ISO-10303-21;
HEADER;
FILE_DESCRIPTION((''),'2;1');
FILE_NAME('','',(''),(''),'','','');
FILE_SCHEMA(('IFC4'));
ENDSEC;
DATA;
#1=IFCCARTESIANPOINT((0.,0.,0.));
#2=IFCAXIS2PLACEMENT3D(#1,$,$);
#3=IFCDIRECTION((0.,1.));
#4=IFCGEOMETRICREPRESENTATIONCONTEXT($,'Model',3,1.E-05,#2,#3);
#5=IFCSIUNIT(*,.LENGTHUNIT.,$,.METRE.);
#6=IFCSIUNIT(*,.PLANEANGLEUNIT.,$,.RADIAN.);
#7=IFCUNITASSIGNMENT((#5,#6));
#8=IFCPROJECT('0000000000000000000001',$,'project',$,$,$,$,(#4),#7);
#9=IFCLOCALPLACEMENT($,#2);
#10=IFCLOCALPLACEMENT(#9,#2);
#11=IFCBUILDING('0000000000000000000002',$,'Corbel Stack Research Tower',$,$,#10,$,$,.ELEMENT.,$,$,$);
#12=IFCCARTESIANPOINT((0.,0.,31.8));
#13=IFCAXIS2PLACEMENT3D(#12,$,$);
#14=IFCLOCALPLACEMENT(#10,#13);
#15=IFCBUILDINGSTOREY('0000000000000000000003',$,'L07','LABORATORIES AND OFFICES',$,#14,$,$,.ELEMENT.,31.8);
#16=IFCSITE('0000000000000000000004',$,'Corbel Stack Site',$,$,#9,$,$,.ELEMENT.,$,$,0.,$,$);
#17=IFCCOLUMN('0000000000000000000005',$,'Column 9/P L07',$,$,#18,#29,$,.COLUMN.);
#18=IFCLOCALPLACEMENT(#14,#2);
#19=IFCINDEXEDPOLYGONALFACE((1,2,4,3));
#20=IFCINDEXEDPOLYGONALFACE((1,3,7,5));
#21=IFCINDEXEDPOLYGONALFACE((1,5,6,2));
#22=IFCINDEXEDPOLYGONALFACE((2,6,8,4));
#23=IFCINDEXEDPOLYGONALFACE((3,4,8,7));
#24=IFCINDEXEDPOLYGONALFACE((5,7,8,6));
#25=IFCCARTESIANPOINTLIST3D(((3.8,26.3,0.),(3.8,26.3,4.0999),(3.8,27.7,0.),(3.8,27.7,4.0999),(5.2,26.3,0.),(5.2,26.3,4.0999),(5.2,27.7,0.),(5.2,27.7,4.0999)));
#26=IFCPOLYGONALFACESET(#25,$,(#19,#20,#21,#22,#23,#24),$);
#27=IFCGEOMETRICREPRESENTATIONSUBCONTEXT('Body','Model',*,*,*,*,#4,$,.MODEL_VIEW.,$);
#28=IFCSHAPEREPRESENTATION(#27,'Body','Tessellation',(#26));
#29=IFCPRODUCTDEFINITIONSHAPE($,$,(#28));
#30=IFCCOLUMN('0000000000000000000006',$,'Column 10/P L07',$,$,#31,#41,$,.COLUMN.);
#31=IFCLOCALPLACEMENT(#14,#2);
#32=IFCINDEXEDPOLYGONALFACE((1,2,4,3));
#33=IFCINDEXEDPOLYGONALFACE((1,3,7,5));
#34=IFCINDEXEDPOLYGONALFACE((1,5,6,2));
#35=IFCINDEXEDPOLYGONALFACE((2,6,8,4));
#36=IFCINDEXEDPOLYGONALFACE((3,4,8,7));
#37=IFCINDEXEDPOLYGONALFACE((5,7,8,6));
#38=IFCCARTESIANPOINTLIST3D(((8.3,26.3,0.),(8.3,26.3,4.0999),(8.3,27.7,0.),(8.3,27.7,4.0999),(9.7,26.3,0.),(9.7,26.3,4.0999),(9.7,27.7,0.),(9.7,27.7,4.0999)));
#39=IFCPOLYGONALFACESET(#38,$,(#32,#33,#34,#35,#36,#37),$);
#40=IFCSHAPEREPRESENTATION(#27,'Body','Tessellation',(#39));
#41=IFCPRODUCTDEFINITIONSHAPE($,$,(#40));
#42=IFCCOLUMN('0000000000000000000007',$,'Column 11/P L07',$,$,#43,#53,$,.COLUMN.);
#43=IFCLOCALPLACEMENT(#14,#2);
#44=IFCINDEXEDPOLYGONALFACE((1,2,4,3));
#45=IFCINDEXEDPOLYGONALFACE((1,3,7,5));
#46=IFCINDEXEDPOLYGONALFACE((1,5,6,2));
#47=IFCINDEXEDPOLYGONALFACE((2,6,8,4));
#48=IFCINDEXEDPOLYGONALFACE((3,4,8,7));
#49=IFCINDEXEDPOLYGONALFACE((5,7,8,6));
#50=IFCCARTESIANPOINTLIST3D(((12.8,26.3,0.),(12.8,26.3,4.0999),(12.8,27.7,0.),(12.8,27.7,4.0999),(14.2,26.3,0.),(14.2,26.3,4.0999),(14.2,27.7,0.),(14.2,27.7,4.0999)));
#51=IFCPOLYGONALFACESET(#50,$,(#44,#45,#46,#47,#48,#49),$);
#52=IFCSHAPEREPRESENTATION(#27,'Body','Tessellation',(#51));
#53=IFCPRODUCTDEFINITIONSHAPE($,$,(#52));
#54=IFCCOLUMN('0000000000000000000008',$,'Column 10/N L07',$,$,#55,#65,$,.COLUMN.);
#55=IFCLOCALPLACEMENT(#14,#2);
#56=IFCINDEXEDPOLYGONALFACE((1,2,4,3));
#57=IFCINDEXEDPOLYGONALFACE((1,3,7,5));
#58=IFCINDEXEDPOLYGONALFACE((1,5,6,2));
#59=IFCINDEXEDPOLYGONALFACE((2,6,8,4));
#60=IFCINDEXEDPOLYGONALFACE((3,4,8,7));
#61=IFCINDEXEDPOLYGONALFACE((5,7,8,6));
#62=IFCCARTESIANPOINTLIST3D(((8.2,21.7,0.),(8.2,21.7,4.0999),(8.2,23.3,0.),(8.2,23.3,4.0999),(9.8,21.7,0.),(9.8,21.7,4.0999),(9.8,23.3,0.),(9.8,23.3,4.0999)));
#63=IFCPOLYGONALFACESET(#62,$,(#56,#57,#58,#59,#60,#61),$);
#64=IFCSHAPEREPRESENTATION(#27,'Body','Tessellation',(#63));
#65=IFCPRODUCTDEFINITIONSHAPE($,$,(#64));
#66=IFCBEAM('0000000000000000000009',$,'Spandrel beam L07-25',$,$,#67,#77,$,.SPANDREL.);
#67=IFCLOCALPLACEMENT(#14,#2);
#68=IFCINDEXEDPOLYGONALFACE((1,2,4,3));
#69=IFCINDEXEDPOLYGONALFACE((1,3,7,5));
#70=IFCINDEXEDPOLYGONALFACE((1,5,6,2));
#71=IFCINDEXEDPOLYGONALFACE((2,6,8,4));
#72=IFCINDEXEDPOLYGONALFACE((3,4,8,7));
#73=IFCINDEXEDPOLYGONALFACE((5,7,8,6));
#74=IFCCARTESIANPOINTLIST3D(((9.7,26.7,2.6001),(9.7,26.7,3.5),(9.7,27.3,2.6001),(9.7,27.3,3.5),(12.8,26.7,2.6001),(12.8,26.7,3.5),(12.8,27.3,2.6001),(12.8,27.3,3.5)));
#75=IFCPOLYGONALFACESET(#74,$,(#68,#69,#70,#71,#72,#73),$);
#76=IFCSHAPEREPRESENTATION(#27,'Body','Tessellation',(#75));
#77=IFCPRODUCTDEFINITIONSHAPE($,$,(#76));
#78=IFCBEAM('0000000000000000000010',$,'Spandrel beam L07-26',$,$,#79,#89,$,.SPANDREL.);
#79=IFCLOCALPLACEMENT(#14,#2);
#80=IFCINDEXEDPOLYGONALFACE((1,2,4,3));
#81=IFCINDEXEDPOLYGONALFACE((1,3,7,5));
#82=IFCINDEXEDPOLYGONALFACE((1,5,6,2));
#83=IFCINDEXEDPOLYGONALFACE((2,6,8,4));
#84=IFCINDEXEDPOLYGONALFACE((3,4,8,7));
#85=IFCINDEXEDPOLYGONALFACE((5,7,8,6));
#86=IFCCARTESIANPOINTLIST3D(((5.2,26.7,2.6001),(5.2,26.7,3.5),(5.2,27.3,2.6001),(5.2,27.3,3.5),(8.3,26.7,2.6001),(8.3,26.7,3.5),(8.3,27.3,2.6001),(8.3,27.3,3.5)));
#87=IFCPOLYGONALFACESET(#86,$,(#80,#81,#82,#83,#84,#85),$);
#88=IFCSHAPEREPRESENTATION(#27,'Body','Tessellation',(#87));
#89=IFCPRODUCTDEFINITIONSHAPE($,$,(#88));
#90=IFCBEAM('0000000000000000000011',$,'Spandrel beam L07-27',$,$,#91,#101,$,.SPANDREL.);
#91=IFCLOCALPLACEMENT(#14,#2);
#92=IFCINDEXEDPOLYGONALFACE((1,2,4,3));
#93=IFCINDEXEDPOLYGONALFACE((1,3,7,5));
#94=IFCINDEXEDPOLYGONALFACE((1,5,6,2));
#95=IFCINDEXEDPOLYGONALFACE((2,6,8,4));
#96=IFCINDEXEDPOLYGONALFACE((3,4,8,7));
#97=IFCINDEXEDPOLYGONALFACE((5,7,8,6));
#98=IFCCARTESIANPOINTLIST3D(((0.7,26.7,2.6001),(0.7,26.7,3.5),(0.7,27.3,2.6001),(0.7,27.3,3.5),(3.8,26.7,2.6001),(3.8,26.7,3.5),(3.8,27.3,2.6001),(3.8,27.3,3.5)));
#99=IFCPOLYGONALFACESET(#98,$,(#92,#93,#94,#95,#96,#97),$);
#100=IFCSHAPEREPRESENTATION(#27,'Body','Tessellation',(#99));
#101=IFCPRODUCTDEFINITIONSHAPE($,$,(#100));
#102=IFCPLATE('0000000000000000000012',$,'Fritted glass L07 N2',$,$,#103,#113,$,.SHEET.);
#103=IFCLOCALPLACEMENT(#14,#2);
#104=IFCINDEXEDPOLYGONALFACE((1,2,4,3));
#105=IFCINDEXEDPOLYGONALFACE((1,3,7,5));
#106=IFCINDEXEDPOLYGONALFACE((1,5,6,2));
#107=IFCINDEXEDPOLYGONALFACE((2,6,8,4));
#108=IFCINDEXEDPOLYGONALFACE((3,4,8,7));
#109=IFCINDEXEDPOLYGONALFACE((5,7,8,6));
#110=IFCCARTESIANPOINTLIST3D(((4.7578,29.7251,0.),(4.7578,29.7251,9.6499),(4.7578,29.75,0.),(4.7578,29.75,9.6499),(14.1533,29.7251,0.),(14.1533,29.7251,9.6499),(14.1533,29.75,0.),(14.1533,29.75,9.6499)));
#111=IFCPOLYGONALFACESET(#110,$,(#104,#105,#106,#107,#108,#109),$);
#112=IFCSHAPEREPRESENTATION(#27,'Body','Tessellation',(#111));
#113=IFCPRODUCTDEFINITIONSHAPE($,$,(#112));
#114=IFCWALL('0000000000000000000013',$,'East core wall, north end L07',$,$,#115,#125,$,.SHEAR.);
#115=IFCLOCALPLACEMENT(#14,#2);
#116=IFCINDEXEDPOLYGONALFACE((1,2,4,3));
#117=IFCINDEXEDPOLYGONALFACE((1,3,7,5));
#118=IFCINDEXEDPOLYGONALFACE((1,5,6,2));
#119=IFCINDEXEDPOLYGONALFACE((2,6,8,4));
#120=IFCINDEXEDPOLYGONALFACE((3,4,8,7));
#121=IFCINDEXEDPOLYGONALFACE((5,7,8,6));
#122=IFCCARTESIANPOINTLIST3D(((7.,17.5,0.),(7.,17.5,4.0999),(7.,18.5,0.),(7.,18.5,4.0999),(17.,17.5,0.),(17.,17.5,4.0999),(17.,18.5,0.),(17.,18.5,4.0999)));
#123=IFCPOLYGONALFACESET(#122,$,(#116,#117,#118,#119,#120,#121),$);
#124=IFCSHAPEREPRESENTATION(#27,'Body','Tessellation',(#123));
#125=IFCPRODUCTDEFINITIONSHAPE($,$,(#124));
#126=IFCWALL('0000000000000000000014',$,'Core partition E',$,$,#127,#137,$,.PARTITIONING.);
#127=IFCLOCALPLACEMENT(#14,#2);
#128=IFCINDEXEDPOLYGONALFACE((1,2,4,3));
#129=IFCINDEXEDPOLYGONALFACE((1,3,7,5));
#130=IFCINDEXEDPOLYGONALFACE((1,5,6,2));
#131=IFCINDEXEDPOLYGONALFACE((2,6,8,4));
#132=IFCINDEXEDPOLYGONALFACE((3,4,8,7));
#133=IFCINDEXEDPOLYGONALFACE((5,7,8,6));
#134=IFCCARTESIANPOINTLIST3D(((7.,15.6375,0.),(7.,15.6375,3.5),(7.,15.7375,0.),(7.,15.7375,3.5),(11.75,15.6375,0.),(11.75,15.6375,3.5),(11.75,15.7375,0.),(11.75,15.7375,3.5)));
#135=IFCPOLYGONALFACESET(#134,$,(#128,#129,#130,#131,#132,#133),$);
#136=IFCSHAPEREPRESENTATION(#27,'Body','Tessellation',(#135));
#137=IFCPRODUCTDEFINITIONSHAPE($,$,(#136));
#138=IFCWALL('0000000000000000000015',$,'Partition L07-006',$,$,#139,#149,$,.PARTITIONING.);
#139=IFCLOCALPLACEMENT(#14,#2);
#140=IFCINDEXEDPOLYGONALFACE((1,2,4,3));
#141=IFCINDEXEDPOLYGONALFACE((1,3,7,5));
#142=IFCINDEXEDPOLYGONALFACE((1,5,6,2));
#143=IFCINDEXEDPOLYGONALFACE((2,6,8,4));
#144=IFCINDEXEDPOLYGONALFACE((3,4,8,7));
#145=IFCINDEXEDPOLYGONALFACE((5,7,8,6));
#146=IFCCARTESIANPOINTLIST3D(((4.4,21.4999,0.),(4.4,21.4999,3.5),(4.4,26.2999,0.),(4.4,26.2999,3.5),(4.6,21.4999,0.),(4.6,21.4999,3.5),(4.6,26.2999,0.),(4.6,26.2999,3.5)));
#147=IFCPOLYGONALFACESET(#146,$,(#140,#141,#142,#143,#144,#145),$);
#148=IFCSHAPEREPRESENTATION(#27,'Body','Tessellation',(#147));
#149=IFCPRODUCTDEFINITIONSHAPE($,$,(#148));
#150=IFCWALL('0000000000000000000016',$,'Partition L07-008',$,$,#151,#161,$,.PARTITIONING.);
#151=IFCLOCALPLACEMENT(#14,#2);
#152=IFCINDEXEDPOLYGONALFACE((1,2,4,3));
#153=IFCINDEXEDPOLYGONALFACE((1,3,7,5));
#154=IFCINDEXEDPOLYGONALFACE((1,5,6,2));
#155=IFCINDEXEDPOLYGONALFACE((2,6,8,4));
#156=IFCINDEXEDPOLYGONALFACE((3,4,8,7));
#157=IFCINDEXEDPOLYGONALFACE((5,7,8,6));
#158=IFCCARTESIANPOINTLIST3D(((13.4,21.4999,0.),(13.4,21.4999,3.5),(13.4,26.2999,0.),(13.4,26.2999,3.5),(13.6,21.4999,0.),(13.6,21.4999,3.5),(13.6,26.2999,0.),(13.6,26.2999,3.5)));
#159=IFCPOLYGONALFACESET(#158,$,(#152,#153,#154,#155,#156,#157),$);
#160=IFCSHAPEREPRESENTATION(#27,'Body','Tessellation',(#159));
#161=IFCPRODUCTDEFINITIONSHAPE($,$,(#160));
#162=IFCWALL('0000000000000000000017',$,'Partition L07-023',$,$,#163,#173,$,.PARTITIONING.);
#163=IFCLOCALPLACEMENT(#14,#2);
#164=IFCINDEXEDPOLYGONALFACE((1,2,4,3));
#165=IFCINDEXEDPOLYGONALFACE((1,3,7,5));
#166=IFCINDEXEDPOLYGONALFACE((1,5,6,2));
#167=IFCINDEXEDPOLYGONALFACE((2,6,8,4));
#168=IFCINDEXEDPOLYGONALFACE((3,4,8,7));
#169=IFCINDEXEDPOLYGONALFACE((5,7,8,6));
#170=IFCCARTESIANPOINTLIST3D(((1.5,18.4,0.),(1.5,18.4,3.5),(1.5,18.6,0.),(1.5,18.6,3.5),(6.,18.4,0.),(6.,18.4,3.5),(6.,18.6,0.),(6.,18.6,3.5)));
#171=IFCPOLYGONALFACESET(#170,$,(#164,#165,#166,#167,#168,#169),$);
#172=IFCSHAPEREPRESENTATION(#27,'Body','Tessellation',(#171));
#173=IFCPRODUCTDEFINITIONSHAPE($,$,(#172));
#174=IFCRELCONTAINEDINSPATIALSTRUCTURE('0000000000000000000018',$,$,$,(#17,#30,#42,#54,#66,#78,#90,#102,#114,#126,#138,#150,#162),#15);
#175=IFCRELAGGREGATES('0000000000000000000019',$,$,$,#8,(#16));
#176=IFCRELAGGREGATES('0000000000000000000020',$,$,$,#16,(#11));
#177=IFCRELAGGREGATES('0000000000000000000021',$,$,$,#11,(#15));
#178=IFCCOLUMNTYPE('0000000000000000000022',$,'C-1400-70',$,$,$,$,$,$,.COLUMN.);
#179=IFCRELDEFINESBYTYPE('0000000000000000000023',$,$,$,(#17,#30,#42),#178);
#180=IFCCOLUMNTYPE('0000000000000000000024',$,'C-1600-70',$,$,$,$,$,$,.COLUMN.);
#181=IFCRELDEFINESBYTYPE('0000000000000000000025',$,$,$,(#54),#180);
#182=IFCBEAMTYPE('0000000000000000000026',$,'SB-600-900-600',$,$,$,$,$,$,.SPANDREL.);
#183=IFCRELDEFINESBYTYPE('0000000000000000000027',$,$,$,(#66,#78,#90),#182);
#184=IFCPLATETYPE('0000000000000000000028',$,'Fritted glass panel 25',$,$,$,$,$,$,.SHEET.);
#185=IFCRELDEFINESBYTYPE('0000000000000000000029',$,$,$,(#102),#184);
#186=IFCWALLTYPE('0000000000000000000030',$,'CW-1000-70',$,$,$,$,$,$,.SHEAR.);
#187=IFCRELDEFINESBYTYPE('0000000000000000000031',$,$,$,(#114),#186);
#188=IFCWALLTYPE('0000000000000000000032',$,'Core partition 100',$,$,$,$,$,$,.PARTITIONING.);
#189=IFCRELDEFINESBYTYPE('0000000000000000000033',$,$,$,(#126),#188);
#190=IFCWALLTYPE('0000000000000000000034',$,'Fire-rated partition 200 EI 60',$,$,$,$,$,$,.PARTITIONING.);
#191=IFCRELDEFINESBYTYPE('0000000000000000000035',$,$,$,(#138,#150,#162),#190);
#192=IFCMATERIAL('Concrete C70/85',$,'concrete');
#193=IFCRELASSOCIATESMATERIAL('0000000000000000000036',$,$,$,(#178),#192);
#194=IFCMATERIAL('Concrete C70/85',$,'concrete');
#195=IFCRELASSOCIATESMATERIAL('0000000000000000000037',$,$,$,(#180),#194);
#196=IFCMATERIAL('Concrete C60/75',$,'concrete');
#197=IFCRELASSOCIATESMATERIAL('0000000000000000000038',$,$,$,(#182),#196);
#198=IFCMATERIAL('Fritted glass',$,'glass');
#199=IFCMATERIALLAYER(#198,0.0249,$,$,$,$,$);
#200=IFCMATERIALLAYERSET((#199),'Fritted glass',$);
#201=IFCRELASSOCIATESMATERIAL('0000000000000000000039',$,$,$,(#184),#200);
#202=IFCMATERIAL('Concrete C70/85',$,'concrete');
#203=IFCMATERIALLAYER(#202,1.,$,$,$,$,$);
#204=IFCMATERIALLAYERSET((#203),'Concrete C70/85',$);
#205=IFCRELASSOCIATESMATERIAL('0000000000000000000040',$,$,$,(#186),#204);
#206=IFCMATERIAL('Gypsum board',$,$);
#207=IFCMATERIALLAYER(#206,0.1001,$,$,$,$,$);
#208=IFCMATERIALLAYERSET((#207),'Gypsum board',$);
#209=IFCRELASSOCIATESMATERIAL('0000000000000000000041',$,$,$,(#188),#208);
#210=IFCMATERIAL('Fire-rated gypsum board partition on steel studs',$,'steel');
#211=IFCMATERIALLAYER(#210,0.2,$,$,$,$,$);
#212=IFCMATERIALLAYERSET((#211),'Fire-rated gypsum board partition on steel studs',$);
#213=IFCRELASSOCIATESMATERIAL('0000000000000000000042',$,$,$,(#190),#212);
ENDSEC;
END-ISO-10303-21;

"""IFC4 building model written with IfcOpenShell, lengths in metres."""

from ifc_helpers import new_model, si_unit, direction, frame, frame_2d, origin, origin_2d, place, context, subcontext, project, spatial, rectangle, extrude, material, layer, layer_set, material_profile, profile_set, type_object, element, save


model = new_model("IFC4")

# Units and contexts
model_context = context("Model", 3, precision=1e-05, world=origin(), true_north=direction((0.0, 1.0)))
body_context = subcontext(model_context, "Body", "Model", "MODEL_VIEW")
ifc_project = project(units=[si_unit("LENGTHUNIT", "METRE"), si_unit("PLANEANGLEUNIT", "RADIAN")], contexts=[model_context])

# Site, building, storey
site_placement = place(None, origin())
site = spatial("IfcSite", under=ifc_project, at=site_placement, Name="Corbel Stack Site", CompositionType="ELEMENT", RefElevation=0.0)
building_placement = place(site_placement, origin())
building = spatial("IfcBuilding", under=site, at=building_placement, Name="Corbel Stack Research Tower", CompositionType="ELEMENT")
storey_placement = place(building_placement, frame((0.0, 0.0, 31.8)))
storey = spatial("IfcBuildingStorey", under=building, at=storey_placement, Name="L07", Description="LABORATORIES AND OFFICES", CompositionType="ELEMENT", Elevation=31.8)

# Columns
ifc_material_1 = material(Name="Concrete C70/85", Category="concrete")
ifc_material_profile_1 = material_profile(ifc_material_1, rectangle(XDim=1.3999, YDim=1.3999, at=origin_2d()), Name="RC 1400 x 1400")
ifc_profile_set_1 = profile_set([ifc_material_profile_1], Name="Concrete C70/85")
column_type_1 = type_object("IfcColumnType", Name="C-1400-70", PredefinedType="COLUMN", material=ifc_profile_set_1)
for number, where, z_axis, x_axis, name in (
    (1, (4.5, 27.0, 0.0), (0.0, 0.0, 1.0), (1.0, 0.0, 0.0), "Column 9/P L07"),
    (2, (9.0, 27.0, 0.0), (0.0, 0.0, 1.0), (1.0, 0.0, 0.0), "Column 10/P L07"),
    (3, (13.5, 27.0, 0.0), (0.0, 0.0, 1.0), (1.0, 0.0, 0.0), "Column 11/P L07"),
):
    element("IfcColumn", number, at=place(storey_placement, frame(where, z_axis=z_axis, x_axis=x_axis)), inside=storey, type_object=column_type_1, Name=name, PredefinedType="COLUMN", context=body_context, shape_type="SweptSolid", body=[
        extrude(rectangle(XDim=1.3999, YDim=1.3999, at=origin_2d()), origin(), (0.0, 0.0, 1.0), 4.0999),
    ])
ifc_material_2 = material(Name="Concrete C70/85", Category="concrete")
ifc_material_profile_2 = material_profile(ifc_material_2, rectangle(XDim=1.6001, YDim=1.6001, at=origin_2d()), Name="RC 1600 x 1600")
ifc_profile_set_2 = profile_set([ifc_material_profile_2], Name="Concrete C70/85")
column_type_2 = type_object("IfcColumnType", Name="C-1600-70", PredefinedType="COLUMN", material=ifc_profile_set_2)
column_placement = place(storey_placement, frame((9.0, 22.5, 0.0), z_axis=(0.0, 0.0, 1.0), x_axis=(1.0, 0.0, 0.0)))
element("IfcColumn", 4, at=column_placement, inside=storey, type_object=column_type_2, Name="Column 10/N L07", PredefinedType="COLUMN", context=body_context, shape_type="SweptSolid", body=[
    extrude(rectangle(XDim=1.6001, YDim=1.6001, at=origin_2d()), origin(), (0.0, 0.0, 1.0), 4.0999),
])

# Beams
ifc_material_3 = material(Name="Concrete C60/75", Category="concrete")
ifc_material_profile_3 = material_profile(ifc_material_3, rectangle(XDim=0.6001, YDim=0.8999, at=origin_2d()), Name="RC 600 x 900")
ifc_profile_set_3 = profile_set([ifc_material_profile_3], Name="Concrete C60/75")
beam_type = type_object("IfcBeamType", Name="SB-600-900-600", PredefinedType="SPANDREL", material=ifc_profile_set_3)
for number, where, z_axis, x_axis, name in (
    (5, (12.8, 27.0, 3.05), (-1.0, 0.0, 0.0), (0.0, -1.0, 0.0), "Spandrel beam L07-25"),
    (6, (8.3, 27.0, 3.05), (-1.0, 0.0, 0.0), (0.0, -1.0, 0.0), "Spandrel beam L07-26"),
    (7, (3.8, 27.0, 3.05), (-1.0, 0.0, 0.0), (0.0, -1.0, 0.0), "Spandrel beam L07-27"),
):
    element("IfcBeam", number, at=place(storey_placement, frame(where, z_axis=z_axis, x_axis=x_axis)), inside=storey, type_object=beam_type, Name=name, PredefinedType="SPANDREL", context=body_context, shape_type="SweptSolid", body=[
        extrude(rectangle(XDim=0.6001, YDim=0.8999, at=origin_2d()), origin(), (0.0, 0.0, 1.0), 3.1001),
    ])

# Plate
ifc_material_4 = material(Name="Fritted glass", Category="glass")
ifc_layer_1 = layer(ifc_material_4, 0.0249)
ifc_layer_set_1 = layer_set([ifc_layer_1], Name="Fritted glass")
plate_type = type_object("IfcPlateType", Name="Fritted glass panel 25", PredefinedType="SHEET", material=ifc_layer_set_1)
plate_placement = place(storey_placement, frame((9.4556, 29.7375, 0.0), z_axis=(0.0, 0.0, 1.0), x_axis=(-1.0, 0.0, 0.0)))
element("IfcPlate", 8, at=plate_placement, inside=storey, type_object=plate_type, Name="Fritted glass L07 N2", PredefinedType="SHEET", context=body_context, shape_type="SweptSolid", body=[
    extrude(rectangle(XDim=9.3955, YDim=0.0249, at=origin_2d()), origin(), (0.0, 0.0, 1.0), 9.6499),
])

# Walls
ifc_material_5 = material(Name="Concrete C70/85", Category="concrete")
ifc_layer_2 = layer(ifc_material_5, 1.0)
ifc_layer_set_2 = layer_set([ifc_layer_2], Name="Concrete C70/85")
wall_type_1 = type_object("IfcWallType", Name="CW-1000-70", PredefinedType="SHEAR", material=ifc_layer_set_2)
wall_1_placement = place(storey_placement, frame((7.0, 18.0, 0.0), z_axis=(0.0, 0.0, 1.0), x_axis=(1.0, 0.0, 0.0)))
element("IfcWall", 9, at=wall_1_placement, inside=storey, type_object=wall_type_1, Name="East core wall, north end L07", PredefinedType="SHEAR", context=body_context, shape_type="SweptSolid", body=[
    extrude(rectangle(XDim=10.0, YDim=1.0, at=frame_2d((5.0, 0.0))), origin(), (0.0, 0.0, 1.0), 4.0999),
])
ifc_material_6 = material(Name="Gypsum board")
ifc_layer_3 = layer(ifc_material_6, 0.1001)
ifc_layer_set_3 = layer_set([ifc_layer_3], Name="Gypsum board")
wall_type_2 = type_object("IfcWallType", Name="Core partition 100", PredefinedType="PARTITIONING", material=ifc_layer_set_3)
wall_2_placement = place(storey_placement, frame((7.0, 15.6875, 0.0), z_axis=(0.0, 0.0, 1.0), x_axis=(1.0, 0.0, 0.0)))
element("IfcWall", 10, at=wall_2_placement, inside=storey, type_object=wall_type_2, Name="Core partition E", PredefinedType="PARTITIONING", context=body_context, shape_type="SweptSolid", body=[
    extrude(rectangle(XDim=4.75, YDim=0.1001, at=frame_2d((2.375, 0.0))), origin(), (0.0, 0.0, 1.0), 3.5),
])
ifc_material_7 = material(Name="Fire-rated gypsum board partition on steel studs", Category="steel")
ifc_layer_4 = layer(ifc_material_7, 0.2)
ifc_layer_set_4 = layer_set([ifc_layer_4], Name="Fire-rated gypsum board partition on steel studs")
wall_type_3 = type_object("IfcWallType", Name="Fire-rated partition 200 EI 60", PredefinedType="PARTITIONING", material=ifc_layer_set_4)
for number, where, z_axis, x_axis, name in (
    (11, (4.5, 21.5, 0.0), (0.0, 0.0, 1.0), (0.0, 1.0, 0.0), "Partition L07-006"),
    (12, (13.5, 21.5, 0.0), (0.0, 0.0, 1.0), (0.0, 1.0, 0.0), "Partition L07-008"),
):
    element("IfcWall", number, at=place(storey_placement, frame(where, z_axis=z_axis, x_axis=x_axis)), inside=storey, type_object=wall_type_3, Name=name, PredefinedType="PARTITIONING", context=body_context, shape_type="SweptSolid", body=[
        extrude(rectangle(XDim=4.8, YDim=0.2, at=frame_2d((2.3999, 0.0))), origin(), (0.0, 0.0, 1.0), 3.5),
    ])
wall_3_placement = place(storey_placement, frame((1.5, 18.5, 0.0), z_axis=(0.0, 0.0, 1.0), x_axis=(1.0, 0.0, 0.0)))
element("IfcWall", 13, at=wall_3_placement, inside=storey, type_object=wall_type_3, Name="Partition L07-023", PredefinedType="PARTITIONING", context=body_context, shape_type="SweptSolid", body=[
    extrude(rectangle(XDim=4.5, YDim=0.2, at=frame_2d((2.25, 0.0))), origin(), (0.0, 0.0, 1.0), 3.5),
])

save(model, "model.ifc")
